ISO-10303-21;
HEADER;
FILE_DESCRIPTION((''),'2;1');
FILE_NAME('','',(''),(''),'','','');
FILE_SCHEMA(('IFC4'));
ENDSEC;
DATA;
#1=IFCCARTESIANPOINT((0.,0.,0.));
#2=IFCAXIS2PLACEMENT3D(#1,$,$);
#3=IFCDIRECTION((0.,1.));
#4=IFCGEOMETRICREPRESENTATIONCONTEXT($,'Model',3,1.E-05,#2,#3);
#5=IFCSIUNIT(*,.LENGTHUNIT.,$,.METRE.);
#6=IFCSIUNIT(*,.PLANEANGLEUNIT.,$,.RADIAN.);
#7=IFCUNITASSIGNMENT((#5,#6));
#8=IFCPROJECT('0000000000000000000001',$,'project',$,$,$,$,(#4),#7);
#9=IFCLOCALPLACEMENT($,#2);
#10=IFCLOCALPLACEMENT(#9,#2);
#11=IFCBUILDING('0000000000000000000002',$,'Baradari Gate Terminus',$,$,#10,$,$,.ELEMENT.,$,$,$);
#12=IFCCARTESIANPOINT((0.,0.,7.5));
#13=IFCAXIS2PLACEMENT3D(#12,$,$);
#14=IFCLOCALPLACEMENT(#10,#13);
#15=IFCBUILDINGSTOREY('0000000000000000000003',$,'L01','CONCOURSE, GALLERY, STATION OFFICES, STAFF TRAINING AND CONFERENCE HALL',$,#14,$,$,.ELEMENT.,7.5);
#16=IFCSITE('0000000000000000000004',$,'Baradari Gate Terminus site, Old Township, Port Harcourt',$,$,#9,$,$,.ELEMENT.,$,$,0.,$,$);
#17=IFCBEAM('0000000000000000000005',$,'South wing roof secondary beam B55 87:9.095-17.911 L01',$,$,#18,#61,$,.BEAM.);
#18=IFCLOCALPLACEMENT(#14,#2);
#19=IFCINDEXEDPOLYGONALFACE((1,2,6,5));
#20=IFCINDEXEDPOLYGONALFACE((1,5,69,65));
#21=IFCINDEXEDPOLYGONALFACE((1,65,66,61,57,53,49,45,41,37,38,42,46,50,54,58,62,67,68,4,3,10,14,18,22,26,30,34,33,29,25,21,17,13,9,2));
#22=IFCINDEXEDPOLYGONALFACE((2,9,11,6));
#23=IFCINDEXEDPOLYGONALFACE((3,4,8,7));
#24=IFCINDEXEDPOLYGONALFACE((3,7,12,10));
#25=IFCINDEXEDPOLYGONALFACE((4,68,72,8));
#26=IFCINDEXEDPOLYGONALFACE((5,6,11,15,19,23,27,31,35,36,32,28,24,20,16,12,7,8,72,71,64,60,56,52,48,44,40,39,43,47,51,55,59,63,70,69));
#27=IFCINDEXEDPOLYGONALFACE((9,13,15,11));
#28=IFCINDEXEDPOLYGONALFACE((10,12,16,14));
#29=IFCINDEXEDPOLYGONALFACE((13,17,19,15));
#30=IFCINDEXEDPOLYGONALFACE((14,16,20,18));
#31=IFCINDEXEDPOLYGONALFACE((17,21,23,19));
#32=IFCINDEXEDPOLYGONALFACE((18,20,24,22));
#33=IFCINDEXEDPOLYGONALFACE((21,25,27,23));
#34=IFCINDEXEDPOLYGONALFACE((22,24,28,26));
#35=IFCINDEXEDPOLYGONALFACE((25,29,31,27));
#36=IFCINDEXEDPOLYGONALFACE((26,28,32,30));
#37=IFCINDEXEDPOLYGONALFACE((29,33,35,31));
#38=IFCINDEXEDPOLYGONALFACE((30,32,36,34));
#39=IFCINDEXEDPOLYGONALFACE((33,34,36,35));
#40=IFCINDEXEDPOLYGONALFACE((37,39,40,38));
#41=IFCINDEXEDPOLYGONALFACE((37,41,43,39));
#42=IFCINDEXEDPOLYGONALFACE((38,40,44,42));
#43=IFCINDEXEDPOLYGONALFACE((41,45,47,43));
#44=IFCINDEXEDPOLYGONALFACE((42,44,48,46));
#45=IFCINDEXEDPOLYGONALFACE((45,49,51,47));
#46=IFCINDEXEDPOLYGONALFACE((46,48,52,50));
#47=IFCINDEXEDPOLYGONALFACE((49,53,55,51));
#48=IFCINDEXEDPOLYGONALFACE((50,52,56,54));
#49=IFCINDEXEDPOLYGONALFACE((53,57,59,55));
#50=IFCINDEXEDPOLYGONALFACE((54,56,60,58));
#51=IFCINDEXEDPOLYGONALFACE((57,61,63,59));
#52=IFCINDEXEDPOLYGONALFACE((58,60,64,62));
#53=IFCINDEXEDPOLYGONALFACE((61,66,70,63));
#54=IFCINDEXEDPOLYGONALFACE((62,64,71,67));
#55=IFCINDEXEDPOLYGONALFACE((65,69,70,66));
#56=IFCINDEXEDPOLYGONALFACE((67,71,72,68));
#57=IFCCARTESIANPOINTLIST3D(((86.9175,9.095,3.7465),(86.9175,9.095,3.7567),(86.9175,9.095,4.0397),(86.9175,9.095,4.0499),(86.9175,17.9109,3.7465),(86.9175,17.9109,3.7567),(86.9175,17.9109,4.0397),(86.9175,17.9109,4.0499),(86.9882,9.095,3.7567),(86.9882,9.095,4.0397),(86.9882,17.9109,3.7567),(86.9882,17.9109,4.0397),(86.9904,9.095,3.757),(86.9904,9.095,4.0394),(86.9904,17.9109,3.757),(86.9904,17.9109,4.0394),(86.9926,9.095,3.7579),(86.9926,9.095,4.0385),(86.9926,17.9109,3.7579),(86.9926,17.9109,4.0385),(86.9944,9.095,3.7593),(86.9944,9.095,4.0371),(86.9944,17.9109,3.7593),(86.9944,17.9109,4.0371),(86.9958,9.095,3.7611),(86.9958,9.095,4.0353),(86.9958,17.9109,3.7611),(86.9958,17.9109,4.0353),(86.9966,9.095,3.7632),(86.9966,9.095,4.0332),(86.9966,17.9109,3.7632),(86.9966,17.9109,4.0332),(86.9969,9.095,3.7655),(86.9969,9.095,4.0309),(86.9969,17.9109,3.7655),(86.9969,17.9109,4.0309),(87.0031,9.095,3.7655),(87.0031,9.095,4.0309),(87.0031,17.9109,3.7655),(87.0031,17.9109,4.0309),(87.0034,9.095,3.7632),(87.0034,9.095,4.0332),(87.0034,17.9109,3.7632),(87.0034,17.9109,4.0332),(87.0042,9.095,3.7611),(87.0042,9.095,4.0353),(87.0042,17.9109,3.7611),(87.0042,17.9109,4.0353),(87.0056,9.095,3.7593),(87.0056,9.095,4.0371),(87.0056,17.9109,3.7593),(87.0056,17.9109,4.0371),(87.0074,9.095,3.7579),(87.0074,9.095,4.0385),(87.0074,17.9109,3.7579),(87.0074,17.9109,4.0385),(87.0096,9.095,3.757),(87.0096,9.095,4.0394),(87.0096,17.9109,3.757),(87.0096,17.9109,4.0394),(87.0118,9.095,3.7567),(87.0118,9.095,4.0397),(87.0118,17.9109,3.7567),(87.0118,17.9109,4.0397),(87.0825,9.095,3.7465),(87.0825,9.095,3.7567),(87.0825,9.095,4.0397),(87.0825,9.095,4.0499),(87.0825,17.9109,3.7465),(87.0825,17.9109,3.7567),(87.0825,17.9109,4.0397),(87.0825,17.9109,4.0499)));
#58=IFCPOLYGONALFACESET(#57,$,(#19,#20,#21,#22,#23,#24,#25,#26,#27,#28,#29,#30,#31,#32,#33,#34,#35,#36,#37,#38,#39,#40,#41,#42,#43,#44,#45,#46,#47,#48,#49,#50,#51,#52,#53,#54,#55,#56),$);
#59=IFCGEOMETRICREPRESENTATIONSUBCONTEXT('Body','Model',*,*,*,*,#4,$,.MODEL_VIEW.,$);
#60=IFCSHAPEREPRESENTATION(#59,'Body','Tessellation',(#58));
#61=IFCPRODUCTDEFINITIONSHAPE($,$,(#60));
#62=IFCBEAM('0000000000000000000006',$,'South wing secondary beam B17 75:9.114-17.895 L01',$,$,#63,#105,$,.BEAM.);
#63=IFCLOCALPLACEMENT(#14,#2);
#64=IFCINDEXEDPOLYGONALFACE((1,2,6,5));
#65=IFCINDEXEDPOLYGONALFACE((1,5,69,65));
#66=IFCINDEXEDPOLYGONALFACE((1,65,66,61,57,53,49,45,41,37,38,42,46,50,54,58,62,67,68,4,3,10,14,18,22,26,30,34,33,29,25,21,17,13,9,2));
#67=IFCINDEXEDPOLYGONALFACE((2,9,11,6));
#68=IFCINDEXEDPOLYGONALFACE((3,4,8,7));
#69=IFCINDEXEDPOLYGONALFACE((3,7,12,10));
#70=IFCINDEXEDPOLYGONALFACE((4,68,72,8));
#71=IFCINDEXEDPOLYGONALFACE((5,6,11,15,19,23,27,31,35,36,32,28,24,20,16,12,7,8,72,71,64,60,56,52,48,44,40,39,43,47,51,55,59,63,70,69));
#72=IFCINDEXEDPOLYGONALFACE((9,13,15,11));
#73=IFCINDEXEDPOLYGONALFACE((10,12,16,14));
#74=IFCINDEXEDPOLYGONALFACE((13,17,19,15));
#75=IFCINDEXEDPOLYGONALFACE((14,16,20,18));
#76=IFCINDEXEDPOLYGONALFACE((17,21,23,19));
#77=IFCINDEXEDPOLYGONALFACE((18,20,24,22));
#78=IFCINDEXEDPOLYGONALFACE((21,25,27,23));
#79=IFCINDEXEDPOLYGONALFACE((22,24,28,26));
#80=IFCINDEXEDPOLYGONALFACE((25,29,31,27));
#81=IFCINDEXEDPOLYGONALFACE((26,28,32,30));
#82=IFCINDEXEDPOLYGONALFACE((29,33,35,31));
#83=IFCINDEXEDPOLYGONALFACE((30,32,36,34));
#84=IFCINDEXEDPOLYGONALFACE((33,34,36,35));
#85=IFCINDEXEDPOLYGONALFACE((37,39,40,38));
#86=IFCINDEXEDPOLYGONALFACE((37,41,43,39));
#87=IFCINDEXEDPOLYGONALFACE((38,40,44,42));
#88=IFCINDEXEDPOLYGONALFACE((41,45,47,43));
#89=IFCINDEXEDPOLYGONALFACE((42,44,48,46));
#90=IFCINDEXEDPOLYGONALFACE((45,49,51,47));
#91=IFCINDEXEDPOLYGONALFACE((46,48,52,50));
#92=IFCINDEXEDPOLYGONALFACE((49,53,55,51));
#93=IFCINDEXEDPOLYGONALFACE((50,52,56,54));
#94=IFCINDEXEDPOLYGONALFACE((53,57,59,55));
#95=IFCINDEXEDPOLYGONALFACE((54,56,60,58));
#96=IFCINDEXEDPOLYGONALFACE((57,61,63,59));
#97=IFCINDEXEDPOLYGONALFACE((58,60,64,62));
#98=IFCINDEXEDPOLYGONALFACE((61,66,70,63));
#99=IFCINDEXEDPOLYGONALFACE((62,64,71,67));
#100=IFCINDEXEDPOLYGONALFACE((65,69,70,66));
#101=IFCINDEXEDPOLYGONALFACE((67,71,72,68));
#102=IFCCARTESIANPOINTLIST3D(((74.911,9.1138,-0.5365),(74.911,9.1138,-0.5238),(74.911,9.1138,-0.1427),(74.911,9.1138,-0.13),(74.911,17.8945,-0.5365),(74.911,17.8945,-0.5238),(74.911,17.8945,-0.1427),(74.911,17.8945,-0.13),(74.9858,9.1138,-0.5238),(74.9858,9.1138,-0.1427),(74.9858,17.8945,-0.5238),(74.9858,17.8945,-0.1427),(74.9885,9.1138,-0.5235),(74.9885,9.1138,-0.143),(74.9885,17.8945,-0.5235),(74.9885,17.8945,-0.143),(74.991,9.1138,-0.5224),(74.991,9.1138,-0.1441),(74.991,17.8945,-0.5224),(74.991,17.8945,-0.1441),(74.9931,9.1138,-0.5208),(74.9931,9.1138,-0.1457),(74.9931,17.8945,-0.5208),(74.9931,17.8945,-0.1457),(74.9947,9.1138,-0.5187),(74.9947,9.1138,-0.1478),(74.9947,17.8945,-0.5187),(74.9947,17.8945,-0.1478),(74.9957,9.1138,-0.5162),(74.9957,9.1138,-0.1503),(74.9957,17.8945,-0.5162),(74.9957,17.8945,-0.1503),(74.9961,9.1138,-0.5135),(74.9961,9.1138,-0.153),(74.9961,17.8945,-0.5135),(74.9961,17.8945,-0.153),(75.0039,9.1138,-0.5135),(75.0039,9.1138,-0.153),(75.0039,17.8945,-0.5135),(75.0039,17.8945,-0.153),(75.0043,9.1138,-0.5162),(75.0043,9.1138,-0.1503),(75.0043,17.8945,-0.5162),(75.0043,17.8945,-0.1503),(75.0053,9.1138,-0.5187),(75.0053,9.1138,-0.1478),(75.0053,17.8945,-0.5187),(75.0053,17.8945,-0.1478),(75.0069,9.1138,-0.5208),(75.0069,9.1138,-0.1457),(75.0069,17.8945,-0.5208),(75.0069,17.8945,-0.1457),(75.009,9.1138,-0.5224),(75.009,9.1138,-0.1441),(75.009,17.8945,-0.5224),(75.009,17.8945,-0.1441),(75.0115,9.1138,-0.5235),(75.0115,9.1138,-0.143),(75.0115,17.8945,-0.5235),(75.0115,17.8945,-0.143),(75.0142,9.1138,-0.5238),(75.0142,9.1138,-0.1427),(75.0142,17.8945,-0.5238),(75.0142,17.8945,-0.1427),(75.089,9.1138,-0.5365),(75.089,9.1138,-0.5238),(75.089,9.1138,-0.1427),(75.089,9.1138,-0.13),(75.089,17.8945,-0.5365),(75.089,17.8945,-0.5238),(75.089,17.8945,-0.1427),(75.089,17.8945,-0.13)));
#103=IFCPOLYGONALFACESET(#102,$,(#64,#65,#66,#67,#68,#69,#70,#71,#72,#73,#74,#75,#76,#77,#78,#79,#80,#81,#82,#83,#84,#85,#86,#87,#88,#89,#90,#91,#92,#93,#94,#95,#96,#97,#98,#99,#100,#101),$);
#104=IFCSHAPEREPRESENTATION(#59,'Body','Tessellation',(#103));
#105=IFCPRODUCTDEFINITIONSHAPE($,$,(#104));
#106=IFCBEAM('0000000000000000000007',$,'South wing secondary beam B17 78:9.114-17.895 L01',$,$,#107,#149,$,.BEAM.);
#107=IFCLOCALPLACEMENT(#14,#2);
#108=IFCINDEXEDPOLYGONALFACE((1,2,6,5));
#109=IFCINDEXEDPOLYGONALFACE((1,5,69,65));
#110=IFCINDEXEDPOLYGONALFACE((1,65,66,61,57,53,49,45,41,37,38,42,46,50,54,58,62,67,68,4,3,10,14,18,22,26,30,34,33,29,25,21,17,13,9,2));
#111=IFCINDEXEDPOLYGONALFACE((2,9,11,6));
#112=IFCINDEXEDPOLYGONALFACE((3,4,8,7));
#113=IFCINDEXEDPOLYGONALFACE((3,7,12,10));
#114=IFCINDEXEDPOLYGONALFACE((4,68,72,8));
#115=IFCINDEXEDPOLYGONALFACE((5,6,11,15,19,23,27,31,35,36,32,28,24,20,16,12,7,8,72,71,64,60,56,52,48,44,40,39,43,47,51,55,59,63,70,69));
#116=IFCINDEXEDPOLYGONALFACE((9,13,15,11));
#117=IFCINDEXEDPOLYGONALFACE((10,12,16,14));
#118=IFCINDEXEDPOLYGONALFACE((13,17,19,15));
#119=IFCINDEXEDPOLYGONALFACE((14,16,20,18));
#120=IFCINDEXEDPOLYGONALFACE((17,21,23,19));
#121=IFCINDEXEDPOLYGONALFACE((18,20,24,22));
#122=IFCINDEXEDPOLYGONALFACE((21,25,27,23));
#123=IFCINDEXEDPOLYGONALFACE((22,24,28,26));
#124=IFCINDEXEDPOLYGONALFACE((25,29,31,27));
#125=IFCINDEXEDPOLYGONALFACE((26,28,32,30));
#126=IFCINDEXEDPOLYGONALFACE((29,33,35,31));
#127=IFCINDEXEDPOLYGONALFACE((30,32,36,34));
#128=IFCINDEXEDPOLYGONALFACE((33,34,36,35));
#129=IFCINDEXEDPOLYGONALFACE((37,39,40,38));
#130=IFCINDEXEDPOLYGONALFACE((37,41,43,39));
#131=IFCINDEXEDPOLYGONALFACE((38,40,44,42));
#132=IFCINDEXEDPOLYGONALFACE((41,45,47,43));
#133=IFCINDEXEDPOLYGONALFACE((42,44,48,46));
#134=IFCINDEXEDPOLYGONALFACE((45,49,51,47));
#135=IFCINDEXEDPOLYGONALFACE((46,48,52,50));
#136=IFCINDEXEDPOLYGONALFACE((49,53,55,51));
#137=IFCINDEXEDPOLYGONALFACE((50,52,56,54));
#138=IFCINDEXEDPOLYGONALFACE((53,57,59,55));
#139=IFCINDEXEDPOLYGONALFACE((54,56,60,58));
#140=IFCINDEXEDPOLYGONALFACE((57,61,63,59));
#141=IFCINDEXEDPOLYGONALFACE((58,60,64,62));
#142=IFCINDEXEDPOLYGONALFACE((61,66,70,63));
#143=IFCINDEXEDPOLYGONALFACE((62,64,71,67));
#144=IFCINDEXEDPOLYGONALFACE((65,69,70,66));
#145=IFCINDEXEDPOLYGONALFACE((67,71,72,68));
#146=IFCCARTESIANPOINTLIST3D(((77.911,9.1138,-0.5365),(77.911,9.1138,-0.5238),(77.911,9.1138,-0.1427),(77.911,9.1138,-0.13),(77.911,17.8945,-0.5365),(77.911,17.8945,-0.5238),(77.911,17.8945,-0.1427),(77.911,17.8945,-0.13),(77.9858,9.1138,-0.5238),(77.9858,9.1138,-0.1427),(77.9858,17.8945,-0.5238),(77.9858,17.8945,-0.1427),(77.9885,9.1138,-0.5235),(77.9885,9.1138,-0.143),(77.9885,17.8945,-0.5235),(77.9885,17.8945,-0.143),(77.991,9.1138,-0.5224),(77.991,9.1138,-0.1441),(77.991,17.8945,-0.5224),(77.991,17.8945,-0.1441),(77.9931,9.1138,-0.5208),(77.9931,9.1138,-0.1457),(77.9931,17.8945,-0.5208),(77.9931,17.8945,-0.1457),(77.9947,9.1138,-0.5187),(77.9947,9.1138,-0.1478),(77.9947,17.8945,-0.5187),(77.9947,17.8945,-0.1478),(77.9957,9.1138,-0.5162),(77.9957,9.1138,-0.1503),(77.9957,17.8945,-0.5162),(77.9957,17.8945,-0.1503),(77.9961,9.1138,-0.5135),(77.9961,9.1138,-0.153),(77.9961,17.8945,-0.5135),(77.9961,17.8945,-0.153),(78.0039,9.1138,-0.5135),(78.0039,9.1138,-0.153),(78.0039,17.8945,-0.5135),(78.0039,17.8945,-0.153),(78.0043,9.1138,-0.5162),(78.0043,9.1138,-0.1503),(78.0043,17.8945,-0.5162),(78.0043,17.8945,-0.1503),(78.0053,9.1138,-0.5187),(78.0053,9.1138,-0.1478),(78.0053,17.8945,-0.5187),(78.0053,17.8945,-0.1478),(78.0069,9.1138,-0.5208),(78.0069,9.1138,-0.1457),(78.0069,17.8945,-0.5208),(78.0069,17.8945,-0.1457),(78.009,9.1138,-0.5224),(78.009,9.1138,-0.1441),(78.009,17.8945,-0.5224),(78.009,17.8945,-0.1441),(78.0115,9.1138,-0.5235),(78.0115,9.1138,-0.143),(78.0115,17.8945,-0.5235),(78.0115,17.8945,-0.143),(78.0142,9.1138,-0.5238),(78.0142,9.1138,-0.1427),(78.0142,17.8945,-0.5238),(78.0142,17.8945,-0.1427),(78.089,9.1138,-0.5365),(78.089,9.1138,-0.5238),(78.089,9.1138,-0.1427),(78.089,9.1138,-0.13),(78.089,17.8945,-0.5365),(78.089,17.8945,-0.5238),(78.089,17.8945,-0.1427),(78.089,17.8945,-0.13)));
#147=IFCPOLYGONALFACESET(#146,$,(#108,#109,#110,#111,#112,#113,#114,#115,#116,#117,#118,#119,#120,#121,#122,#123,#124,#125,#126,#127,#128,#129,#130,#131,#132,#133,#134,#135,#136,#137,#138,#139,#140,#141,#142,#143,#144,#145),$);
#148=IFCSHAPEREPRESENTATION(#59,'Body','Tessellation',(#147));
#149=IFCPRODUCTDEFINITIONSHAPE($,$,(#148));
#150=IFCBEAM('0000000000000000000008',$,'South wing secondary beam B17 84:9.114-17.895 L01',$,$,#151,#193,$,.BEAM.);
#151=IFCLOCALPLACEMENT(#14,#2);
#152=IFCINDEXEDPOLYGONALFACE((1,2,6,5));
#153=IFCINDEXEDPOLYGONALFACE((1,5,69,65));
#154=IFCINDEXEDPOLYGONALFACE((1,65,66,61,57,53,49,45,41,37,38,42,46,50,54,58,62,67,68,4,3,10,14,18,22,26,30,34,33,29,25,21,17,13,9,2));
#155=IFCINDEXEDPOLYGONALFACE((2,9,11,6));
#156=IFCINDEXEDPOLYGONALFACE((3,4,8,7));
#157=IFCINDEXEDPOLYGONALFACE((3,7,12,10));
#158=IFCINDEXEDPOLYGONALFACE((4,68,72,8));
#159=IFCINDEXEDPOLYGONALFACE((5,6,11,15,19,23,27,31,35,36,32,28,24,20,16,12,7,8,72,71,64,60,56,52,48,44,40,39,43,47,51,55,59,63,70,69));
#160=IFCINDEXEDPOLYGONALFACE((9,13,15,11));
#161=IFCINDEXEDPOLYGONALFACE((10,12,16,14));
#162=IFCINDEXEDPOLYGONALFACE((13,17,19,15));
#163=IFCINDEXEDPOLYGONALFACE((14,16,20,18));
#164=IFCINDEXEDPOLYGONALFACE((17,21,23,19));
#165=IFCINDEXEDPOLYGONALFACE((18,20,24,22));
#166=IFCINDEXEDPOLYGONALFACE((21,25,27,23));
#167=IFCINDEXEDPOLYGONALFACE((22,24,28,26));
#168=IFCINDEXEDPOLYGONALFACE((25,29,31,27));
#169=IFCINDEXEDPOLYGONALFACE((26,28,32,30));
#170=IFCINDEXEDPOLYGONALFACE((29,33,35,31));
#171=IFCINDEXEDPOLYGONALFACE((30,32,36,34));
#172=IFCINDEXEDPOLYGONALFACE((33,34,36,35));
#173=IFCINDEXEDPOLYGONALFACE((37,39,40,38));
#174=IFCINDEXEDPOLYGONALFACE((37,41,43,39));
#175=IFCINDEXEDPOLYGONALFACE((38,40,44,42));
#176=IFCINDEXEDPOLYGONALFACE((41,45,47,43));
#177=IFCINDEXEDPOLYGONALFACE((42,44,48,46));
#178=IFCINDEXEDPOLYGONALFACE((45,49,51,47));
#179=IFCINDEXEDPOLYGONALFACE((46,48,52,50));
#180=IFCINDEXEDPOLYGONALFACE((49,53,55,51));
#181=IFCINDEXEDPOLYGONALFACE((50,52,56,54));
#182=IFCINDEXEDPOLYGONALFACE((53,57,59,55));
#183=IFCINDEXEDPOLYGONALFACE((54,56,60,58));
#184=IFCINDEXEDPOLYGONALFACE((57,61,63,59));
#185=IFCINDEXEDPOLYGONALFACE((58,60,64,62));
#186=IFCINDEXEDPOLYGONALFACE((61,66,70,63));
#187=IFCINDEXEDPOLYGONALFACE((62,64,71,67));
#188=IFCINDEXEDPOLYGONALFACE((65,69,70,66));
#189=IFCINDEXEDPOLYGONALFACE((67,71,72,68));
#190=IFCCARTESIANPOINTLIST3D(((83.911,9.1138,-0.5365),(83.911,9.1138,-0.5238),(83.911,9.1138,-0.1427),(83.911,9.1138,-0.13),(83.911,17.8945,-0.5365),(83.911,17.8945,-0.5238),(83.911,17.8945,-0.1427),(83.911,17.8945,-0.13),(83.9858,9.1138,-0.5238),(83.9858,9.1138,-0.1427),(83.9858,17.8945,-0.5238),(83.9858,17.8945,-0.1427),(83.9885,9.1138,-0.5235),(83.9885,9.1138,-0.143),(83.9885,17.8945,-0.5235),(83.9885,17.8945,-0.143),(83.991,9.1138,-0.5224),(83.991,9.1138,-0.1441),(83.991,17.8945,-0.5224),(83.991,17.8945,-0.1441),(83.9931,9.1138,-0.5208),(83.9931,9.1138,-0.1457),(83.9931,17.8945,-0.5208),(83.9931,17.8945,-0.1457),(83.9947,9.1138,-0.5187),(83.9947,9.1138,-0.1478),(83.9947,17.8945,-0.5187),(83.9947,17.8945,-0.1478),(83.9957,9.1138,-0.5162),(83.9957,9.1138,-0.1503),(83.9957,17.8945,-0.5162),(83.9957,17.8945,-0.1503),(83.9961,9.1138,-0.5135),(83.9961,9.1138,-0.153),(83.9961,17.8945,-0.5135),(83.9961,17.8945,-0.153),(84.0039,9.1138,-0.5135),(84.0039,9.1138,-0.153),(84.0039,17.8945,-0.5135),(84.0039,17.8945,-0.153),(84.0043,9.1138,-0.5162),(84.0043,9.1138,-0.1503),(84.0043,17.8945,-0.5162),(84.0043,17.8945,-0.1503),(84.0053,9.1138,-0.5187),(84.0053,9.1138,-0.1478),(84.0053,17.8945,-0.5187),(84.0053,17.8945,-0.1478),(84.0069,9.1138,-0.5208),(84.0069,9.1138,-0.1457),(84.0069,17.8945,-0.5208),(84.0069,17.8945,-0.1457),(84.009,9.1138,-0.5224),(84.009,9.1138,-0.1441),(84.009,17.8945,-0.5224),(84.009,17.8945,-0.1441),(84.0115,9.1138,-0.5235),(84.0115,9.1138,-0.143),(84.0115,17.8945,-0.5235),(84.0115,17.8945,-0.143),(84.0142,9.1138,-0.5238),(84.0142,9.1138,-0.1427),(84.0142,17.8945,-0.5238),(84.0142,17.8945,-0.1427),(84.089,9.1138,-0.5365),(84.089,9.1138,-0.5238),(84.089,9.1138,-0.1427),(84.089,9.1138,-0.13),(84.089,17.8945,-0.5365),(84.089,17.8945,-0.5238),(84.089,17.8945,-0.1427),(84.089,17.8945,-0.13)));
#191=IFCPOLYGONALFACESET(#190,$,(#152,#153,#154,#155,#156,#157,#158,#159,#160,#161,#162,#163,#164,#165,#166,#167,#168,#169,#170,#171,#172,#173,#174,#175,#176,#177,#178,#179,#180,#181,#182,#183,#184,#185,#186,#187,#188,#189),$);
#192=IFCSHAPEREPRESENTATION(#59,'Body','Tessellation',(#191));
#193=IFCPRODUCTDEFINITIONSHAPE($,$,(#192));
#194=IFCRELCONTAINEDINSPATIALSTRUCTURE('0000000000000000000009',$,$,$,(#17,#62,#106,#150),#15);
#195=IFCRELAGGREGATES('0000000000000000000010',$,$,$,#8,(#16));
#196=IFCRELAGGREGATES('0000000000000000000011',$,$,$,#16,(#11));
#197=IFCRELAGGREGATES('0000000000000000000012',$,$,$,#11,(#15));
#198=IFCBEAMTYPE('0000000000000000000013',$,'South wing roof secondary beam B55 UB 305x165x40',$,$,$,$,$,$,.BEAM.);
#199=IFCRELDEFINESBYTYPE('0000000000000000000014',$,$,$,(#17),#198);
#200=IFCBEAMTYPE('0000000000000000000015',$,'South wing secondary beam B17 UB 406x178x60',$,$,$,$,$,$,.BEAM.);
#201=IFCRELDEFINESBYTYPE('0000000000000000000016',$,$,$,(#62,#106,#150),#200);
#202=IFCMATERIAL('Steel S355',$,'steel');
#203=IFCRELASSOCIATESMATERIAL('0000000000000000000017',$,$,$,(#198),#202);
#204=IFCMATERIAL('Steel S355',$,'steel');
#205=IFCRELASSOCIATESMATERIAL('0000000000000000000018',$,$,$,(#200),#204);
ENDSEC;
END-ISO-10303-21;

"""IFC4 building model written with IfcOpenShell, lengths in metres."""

from ifc_helpers import new_model, si_unit, direction, frame, origin, origin_2d, place, context, subcontext, project, spatial, i_section, extrude, material, material_profile, profile_set, type_object, element, save


model = new_model("IFC4")

# Units and contexts
model_context = context("Model", 3, precision=1e-05, world=origin(), true_north=direction((0.0, 1.0)))
body_context = subcontext(model_context, "Body", "Model", "MODEL_VIEW")
ifc_project = project(units=[si_unit("LENGTHUNIT", "METRE"), si_unit("PLANEANGLEUNIT", "RADIAN")], contexts=[model_context])

# Site, building, storey
site_placement = place(None, origin())
site = spatial("IfcSite", under=ifc_project, at=site_placement, Name="Baradari Gate Terminus site, Old Township, Port Harcourt", CompositionType="ELEMENT", RefElevation=0.0)
building_placement = place(site_placement, origin())
building = spatial("IfcBuilding", under=site, at=building_placement, Name="Baradari Gate Terminus", CompositionType="ELEMENT")
storey_placement = place(building_placement, frame((0.0, 0.0, 7.5)))
storey = spatial("IfcBuildingStorey", under=building, at=storey_placement, Name="L01", Description="CONCOURSE, GALLERY, STATION OFFICES, STAFF TRAINING AND CONFERENCE HALL", CompositionType="ELEMENT", Elevation=7.5)

# Beams
ifc_material_1 = material(Name="Steel S355", Category="steel")
ifc_material_profile_1 = material_profile(ifc_material_1, i_section(OverallWidth=0.165, OverallDepth=0.3035, WebThickness=0.0061, FlangeThickness=0.0103, FilletRadius=0.0088, at=origin_2d()), Name="UB 305x165x40")
ifc_profile_set_1 = profile_set([ifc_material_profile_1], Name="Steel S355")
beam_type_1 = type_object("IfcBeamType", Name="South wing roof secondary beam B55 UB 305x165x40", PredefinedType="BEAM", material=ifc_profile_set_1)
beam_1_placement = place(storey_placement, frame((87.0, 9.095, 3.8982), z_axis=(0.0, 1.0, 0.0), x_axis=(-1.0, 0.0, 0.0)))
element("IfcBeam", 1, at=beam_1_placement, inside=storey, type_object=beam_type_1, Name="South wing roof secondary beam B55 87:9.095-17.911 L01", PredefinedType="BEAM", context=body_context, shape_type="SweptSolid", body=[
    extrude(i_section(OverallWidth=0.165, OverallDepth=0.3035, WebThickness=0.0061, FlangeThickness=0.0103, FilletRadius=0.0088, at=origin_2d()), origin(), (0.0, 0.0, 1.0), 8.8159),
])
ifc_material_2 = material(Name="Steel S355", Category="steel")
ifc_material_profile_2 = material_profile(ifc_material_2, i_section(OverallWidth=0.178, OverallDepth=0.4065, WebThickness=0.0078, FlangeThickness=0.0127, FilletRadius=0.0103, at=origin_2d()), Name="UB 406x178x60")
ifc_profile_set_2 = profile_set([ifc_material_profile_2], Name="Steel S355")
beam_type_2 = type_object("IfcBeamType", Name="South wing secondary beam B17 UB 406x178x60", PredefinedType="BEAM", material=ifc_profile_set_2)
for number, where, z_axis, x_axis, name in (
    (2, (75.0, 9.1138, -0.3333), (0.0, 1.0, 0.0), (-1.0, 0.0, 0.0), "South wing secondary beam B17 75:9.114-17.895 L01"),
    (3, (78.0, 9.1138, -0.3333), (0.0, 1.0, 0.0), (-1.0, 0.0, 0.0), "South wing secondary beam B17 78:9.114-17.895 L01"),
    (4, (84.0, 9.1138, -0.3333), (0.0, 1.0, 0.0), (-1.0, 0.0, 0.0), "South wing secondary beam B17 84:9.114-17.895 L01"),
):
    element("IfcBeam", number, at=place(storey_placement, frame(where, z_axis=z_axis, x_axis=x_axis)), inside=storey, type_object=beam_type_2, Name=name, PredefinedType="BEAM", context=body_context, shape_type="SweptSolid", body=[
        extrude(i_section(OverallWidth=0.178, OverallDepth=0.4065, WebThickness=0.0078, FlangeThickness=0.0127, FilletRadius=0.0103, at=origin_2d()), origin(), (0.0, 0.0, 1.0), 8.7808),
    ])

save(model, "model.ifc")
